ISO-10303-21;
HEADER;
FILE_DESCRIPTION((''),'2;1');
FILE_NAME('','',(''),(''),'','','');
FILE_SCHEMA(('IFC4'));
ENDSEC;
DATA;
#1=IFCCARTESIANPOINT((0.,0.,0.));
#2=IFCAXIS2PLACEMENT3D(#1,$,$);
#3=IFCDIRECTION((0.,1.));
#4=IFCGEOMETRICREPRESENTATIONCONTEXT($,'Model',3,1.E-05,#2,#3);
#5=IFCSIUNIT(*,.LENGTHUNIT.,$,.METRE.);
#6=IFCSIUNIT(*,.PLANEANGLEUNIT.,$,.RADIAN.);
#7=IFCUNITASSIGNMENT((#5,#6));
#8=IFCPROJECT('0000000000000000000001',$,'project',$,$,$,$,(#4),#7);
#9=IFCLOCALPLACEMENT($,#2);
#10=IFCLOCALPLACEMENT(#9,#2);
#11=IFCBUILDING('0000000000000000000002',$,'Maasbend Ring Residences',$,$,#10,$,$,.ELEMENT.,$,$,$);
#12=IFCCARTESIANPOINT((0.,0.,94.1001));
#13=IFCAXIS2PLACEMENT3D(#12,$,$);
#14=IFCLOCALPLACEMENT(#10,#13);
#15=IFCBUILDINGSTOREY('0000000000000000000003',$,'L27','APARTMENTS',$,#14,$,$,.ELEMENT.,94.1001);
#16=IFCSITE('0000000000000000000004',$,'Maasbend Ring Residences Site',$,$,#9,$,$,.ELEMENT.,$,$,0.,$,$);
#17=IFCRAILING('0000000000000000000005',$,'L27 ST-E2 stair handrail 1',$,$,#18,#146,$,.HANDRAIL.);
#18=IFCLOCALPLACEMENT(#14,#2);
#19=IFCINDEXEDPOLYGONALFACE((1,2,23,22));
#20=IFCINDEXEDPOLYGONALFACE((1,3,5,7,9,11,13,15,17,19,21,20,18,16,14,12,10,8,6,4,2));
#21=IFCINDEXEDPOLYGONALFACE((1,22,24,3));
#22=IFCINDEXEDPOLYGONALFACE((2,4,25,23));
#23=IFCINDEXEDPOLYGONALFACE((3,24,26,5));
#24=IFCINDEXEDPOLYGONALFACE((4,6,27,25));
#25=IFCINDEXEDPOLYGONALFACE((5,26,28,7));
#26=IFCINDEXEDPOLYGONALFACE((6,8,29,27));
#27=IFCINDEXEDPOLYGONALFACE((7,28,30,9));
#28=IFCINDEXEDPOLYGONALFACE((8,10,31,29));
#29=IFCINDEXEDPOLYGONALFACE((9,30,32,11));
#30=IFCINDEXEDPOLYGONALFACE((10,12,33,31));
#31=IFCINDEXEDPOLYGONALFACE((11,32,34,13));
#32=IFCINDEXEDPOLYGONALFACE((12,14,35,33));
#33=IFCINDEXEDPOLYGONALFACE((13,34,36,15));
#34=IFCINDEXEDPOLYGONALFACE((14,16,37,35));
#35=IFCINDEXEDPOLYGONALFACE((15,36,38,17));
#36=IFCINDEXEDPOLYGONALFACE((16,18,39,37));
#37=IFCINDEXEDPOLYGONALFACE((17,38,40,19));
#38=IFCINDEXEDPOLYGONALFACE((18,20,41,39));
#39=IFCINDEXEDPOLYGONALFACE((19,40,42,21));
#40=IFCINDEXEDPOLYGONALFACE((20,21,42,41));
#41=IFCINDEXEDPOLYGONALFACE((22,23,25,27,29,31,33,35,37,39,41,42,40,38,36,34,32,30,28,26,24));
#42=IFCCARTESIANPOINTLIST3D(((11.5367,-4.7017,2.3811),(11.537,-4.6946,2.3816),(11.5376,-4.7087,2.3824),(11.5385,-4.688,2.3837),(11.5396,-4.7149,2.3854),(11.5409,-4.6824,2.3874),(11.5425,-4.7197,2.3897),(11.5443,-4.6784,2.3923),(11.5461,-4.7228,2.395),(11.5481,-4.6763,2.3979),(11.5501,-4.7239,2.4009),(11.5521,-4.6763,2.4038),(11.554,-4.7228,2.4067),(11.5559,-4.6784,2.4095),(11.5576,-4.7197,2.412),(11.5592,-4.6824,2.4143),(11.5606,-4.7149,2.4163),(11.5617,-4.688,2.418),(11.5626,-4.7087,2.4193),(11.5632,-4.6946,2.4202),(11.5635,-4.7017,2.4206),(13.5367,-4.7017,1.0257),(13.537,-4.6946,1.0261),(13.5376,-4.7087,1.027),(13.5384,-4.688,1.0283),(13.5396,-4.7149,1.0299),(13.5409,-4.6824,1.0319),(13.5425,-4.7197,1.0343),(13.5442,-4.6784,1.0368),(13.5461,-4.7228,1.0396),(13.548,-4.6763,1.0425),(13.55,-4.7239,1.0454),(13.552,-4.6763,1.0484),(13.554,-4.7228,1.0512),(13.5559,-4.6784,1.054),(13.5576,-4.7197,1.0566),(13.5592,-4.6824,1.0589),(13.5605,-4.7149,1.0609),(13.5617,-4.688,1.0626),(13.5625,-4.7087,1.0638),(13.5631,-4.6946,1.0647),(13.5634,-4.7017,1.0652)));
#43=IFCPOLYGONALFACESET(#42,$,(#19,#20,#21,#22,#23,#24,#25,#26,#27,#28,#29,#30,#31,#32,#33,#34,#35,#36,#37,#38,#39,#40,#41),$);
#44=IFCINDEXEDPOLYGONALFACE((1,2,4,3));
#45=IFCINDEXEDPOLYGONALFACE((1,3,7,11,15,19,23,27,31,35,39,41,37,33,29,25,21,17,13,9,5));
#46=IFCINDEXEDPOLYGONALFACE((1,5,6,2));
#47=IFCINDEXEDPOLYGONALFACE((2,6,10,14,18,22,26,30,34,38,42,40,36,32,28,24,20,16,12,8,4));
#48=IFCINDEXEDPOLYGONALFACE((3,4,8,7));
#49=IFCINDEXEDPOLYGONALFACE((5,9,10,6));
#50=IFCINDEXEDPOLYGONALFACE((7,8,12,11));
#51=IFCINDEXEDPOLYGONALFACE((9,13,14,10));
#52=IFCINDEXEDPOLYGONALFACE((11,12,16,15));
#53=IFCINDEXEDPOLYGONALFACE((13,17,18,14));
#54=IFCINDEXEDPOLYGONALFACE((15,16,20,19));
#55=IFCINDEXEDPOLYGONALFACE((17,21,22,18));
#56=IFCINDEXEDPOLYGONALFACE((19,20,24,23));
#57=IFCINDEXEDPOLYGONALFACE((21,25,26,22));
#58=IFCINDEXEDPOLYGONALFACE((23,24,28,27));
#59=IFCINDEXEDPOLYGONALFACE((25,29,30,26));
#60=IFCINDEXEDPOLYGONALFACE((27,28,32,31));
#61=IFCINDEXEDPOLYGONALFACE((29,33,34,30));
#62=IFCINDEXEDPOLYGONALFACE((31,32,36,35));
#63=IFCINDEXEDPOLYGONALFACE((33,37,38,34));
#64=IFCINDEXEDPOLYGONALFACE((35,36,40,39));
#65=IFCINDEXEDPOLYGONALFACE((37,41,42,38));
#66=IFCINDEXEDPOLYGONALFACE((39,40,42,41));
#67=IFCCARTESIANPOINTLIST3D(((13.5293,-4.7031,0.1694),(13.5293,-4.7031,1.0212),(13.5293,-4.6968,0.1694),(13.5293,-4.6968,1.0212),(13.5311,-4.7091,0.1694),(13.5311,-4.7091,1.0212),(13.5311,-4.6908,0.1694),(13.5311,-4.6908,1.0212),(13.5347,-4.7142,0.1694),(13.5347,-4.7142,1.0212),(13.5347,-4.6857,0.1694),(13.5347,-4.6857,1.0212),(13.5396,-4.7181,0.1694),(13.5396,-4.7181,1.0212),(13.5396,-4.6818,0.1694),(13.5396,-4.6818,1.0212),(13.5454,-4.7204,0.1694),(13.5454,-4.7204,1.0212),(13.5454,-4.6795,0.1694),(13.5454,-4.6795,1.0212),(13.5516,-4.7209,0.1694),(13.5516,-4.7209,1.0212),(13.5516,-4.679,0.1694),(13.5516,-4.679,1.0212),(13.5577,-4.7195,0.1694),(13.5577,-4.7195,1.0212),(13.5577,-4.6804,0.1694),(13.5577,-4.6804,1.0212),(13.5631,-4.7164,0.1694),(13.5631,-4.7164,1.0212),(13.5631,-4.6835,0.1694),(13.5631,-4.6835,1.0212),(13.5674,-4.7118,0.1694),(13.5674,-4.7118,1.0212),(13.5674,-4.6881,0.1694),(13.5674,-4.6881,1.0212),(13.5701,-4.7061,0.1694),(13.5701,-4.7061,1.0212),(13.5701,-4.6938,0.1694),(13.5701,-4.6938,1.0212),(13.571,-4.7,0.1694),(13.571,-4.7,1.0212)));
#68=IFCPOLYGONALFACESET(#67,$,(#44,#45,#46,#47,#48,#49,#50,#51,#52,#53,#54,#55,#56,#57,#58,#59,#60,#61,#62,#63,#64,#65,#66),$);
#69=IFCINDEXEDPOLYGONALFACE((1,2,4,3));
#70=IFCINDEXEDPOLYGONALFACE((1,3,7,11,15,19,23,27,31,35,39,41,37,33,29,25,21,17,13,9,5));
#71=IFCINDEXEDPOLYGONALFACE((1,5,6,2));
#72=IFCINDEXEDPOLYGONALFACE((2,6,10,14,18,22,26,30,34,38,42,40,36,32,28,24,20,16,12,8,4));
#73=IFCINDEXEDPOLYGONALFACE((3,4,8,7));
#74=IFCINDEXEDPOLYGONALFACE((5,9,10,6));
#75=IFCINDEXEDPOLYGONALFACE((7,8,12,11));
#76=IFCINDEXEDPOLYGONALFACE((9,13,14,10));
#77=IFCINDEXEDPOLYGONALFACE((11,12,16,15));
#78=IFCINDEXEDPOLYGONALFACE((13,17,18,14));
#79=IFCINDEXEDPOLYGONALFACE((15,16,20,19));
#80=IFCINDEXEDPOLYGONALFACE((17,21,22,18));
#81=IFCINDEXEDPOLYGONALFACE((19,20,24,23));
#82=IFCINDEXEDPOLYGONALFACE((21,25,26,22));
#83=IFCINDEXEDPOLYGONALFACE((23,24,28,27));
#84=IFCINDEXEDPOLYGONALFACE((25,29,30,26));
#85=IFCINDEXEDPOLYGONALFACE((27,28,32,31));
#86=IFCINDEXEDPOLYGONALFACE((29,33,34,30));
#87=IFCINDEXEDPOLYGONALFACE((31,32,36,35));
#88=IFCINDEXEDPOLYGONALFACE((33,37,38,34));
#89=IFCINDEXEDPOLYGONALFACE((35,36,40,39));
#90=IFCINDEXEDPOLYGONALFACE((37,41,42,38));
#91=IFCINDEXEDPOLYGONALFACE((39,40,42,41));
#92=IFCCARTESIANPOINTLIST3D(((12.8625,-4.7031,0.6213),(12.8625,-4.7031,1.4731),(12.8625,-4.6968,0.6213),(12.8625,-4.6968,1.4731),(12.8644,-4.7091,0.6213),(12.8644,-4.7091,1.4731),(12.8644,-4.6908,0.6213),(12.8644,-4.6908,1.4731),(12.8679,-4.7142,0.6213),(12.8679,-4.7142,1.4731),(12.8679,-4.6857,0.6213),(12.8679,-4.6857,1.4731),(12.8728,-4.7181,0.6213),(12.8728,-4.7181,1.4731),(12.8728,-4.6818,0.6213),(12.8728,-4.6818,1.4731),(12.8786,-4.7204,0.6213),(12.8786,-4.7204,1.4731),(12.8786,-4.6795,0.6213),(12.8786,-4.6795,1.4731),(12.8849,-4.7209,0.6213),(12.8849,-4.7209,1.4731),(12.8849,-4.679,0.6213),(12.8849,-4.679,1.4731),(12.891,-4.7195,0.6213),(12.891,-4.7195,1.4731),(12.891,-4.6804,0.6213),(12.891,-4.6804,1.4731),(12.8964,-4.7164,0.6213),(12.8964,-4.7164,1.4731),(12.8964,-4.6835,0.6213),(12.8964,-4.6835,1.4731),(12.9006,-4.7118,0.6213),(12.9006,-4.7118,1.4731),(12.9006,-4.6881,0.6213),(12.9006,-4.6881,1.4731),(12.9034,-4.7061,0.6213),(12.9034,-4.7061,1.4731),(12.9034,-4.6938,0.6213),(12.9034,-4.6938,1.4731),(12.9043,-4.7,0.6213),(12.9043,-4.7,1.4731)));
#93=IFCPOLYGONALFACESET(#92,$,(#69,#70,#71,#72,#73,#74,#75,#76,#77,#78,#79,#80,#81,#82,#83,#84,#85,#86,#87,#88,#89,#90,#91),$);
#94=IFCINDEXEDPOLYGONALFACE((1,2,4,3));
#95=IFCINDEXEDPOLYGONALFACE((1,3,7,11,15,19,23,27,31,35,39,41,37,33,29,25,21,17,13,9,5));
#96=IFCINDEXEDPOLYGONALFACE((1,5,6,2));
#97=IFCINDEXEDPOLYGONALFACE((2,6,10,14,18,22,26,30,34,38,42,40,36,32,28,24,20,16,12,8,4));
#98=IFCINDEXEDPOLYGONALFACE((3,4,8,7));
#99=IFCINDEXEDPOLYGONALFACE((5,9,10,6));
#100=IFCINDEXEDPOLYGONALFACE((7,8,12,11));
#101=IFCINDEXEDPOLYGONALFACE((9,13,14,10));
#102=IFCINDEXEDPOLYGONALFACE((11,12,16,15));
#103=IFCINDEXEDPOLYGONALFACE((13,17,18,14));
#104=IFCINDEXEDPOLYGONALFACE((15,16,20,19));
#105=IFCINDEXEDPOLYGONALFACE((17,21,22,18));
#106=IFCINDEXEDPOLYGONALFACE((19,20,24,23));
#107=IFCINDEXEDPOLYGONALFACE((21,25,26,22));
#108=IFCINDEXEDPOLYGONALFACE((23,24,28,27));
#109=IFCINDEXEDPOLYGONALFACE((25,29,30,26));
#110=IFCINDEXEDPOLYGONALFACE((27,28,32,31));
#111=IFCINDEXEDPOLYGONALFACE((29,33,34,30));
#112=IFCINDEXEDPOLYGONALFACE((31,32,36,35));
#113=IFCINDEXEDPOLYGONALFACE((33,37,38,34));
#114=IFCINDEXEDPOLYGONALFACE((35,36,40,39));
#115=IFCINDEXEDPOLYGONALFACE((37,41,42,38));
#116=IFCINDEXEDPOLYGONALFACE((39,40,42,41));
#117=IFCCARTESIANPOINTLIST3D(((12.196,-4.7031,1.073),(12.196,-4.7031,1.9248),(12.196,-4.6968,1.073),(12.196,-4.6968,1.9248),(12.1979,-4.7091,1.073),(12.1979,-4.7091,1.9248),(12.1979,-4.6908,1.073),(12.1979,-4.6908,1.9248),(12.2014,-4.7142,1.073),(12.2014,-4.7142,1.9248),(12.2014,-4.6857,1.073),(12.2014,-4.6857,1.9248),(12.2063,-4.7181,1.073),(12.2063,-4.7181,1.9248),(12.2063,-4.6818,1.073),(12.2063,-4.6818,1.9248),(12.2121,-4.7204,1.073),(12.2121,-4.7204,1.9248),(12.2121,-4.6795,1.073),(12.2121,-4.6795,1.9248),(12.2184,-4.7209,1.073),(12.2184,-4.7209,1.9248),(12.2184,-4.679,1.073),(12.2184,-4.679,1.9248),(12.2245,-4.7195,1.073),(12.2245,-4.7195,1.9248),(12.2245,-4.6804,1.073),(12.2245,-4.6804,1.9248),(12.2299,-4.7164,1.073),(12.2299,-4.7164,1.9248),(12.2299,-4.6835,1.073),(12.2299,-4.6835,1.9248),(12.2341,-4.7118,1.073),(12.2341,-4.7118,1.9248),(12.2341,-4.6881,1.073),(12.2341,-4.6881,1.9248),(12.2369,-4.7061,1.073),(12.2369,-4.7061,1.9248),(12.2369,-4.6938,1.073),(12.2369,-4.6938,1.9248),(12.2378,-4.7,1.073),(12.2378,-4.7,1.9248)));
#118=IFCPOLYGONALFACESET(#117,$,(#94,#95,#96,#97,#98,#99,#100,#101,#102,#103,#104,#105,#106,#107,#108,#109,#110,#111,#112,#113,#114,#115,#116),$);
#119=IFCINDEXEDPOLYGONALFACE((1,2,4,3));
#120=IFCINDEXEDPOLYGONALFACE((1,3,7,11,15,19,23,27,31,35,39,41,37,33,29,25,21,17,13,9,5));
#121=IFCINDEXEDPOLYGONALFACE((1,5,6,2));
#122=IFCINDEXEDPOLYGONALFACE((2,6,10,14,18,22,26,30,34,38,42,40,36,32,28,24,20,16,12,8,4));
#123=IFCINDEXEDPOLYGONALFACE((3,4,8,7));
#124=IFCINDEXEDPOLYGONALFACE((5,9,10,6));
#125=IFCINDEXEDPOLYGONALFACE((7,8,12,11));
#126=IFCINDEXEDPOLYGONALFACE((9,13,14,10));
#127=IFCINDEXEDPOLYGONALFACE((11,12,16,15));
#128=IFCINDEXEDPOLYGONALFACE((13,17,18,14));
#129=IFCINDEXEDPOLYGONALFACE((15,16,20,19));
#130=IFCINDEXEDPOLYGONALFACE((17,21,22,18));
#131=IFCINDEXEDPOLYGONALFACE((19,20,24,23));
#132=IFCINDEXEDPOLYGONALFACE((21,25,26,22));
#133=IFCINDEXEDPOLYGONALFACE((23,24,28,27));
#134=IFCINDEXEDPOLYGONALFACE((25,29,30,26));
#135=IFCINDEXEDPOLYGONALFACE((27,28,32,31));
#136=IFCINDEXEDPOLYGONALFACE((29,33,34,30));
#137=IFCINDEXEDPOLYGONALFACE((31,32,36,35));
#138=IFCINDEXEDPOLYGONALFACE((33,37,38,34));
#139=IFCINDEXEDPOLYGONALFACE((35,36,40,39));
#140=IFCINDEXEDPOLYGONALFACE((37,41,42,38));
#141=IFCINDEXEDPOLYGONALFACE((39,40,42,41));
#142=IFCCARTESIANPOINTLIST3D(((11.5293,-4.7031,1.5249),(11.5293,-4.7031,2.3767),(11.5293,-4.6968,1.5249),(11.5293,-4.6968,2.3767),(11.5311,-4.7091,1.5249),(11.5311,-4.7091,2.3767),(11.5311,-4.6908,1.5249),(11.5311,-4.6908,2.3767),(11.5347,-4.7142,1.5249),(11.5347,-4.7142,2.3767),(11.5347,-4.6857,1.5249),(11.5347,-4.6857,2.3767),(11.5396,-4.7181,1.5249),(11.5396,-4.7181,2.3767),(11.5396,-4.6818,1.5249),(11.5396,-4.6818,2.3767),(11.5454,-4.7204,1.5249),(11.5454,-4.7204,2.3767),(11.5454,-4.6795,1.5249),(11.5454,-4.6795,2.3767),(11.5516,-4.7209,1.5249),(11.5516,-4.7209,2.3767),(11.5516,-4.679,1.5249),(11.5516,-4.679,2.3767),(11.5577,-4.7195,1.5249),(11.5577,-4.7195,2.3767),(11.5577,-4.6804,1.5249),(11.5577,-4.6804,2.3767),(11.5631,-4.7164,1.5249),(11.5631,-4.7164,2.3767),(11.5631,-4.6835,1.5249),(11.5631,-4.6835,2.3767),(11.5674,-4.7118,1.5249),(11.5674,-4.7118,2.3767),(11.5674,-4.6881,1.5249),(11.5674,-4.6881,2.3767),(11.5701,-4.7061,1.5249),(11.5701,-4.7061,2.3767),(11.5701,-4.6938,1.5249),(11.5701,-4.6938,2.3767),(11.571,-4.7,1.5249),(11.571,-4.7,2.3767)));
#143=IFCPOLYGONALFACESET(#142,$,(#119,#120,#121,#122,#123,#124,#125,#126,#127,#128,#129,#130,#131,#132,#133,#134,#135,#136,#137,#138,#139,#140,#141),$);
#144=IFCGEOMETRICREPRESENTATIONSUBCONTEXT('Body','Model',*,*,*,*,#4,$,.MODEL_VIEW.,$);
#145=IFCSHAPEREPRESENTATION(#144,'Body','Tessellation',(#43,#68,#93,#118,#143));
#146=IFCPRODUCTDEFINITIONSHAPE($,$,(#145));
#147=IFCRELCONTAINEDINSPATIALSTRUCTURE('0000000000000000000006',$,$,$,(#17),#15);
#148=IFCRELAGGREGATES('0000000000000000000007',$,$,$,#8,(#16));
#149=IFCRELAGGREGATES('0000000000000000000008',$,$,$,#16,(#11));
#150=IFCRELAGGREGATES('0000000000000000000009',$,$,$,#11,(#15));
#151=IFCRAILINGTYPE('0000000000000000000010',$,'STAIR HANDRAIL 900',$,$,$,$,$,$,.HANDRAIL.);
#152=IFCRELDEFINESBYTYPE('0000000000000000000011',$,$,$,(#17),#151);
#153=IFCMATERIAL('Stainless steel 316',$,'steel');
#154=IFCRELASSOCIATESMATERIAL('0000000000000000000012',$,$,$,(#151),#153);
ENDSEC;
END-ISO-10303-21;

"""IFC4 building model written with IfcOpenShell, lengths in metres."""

from ifc_helpers import new_model, si_unit, direction, frame, origin, origin_2d, place, context, subcontext, project, spatial, circle, extrude, material, type_object, element, save


model = new_model("IFC4")

# Units and contexts
model_context = context("Model", 3, precision=1e-05, world=origin(), true_north=direction((0.0, 1.0)))
body_context = subcontext(model_context, "Body", "Model", "MODEL_VIEW")
ifc_project = project(units=[si_unit("LENGTHUNIT", "METRE"), si_unit("PLANEANGLEUNIT", "RADIAN")], contexts=[model_context])

# Site, building, storey
site_placement = place(None, origin())
site = spatial("IfcSite", under=ifc_project, at=site_placement, Name="Maasbend Ring Residences Site", CompositionType="ELEMENT", RefElevation=0.0)
building_placement = place(site_placement, origin())
building = spatial("IfcBuilding", under=site, at=building_placement, Name="Maasbend Ring Residences", CompositionType="ELEMENT")
storey_placement = place(building_placement, frame((0.0, 0.0, 94.1001)))
storey = spatial("IfcBuildingStorey", under=building, at=storey_placement, Name="L27", Description="APARTMENTS", CompositionType="ELEMENT", Elevation=94.1001)

# Railing
ifc_material_1 = material(Name="Stainless steel 316", Category="steel")
railing_type_1 = type_object("IfcRailingType", Name="STAIR HANDRAIL 900", PredefinedType="HANDRAIL", material=ifc_material_1)
railing_1_placement = place(storey_placement, frame((13.55, -4.7, 0.1694)))
element("IfcRailing", 1, at=railing_1_placement, inside=storey, type_object=railing_type_1, Name="L27 ST-E2 stair handrail 1", PredefinedType="HANDRAIL", context=body_context, shape_type="SweptSolid", body=[
    extrude(circle(Radius=0.0239, at=origin_2d()), frame((0.0, 0.0, 0.876), z_axis=(-0.827798, 0.0, 0.561027), x_axis=(0.0, -1.0, 0.0)), (0.0, 0.0, 1.0), 2.416),
    extrude(circle(Radius=0.021, at=origin_2d()), origin(), (0.0, 0.0, 1.0), 0.8518),
    extrude(circle(Radius=0.021, at=origin_2d()), frame((-0.6667, 0.0, 0.4519)), (0.0, 0.0, 1.0), 0.8518),
    extrude(circle(Radius=0.021, at=origin_2d()), frame((-1.3333, 0.0, 0.9036)), (0.0, 0.0, 1.0), 0.8518),
    extrude(circle(Radius=0.021, at=origin_2d()), frame((-2.0, 0.0, 1.3555)), (0.0, 0.0, 1.0), 0.8518),
])

save(model, "model.ifc")
